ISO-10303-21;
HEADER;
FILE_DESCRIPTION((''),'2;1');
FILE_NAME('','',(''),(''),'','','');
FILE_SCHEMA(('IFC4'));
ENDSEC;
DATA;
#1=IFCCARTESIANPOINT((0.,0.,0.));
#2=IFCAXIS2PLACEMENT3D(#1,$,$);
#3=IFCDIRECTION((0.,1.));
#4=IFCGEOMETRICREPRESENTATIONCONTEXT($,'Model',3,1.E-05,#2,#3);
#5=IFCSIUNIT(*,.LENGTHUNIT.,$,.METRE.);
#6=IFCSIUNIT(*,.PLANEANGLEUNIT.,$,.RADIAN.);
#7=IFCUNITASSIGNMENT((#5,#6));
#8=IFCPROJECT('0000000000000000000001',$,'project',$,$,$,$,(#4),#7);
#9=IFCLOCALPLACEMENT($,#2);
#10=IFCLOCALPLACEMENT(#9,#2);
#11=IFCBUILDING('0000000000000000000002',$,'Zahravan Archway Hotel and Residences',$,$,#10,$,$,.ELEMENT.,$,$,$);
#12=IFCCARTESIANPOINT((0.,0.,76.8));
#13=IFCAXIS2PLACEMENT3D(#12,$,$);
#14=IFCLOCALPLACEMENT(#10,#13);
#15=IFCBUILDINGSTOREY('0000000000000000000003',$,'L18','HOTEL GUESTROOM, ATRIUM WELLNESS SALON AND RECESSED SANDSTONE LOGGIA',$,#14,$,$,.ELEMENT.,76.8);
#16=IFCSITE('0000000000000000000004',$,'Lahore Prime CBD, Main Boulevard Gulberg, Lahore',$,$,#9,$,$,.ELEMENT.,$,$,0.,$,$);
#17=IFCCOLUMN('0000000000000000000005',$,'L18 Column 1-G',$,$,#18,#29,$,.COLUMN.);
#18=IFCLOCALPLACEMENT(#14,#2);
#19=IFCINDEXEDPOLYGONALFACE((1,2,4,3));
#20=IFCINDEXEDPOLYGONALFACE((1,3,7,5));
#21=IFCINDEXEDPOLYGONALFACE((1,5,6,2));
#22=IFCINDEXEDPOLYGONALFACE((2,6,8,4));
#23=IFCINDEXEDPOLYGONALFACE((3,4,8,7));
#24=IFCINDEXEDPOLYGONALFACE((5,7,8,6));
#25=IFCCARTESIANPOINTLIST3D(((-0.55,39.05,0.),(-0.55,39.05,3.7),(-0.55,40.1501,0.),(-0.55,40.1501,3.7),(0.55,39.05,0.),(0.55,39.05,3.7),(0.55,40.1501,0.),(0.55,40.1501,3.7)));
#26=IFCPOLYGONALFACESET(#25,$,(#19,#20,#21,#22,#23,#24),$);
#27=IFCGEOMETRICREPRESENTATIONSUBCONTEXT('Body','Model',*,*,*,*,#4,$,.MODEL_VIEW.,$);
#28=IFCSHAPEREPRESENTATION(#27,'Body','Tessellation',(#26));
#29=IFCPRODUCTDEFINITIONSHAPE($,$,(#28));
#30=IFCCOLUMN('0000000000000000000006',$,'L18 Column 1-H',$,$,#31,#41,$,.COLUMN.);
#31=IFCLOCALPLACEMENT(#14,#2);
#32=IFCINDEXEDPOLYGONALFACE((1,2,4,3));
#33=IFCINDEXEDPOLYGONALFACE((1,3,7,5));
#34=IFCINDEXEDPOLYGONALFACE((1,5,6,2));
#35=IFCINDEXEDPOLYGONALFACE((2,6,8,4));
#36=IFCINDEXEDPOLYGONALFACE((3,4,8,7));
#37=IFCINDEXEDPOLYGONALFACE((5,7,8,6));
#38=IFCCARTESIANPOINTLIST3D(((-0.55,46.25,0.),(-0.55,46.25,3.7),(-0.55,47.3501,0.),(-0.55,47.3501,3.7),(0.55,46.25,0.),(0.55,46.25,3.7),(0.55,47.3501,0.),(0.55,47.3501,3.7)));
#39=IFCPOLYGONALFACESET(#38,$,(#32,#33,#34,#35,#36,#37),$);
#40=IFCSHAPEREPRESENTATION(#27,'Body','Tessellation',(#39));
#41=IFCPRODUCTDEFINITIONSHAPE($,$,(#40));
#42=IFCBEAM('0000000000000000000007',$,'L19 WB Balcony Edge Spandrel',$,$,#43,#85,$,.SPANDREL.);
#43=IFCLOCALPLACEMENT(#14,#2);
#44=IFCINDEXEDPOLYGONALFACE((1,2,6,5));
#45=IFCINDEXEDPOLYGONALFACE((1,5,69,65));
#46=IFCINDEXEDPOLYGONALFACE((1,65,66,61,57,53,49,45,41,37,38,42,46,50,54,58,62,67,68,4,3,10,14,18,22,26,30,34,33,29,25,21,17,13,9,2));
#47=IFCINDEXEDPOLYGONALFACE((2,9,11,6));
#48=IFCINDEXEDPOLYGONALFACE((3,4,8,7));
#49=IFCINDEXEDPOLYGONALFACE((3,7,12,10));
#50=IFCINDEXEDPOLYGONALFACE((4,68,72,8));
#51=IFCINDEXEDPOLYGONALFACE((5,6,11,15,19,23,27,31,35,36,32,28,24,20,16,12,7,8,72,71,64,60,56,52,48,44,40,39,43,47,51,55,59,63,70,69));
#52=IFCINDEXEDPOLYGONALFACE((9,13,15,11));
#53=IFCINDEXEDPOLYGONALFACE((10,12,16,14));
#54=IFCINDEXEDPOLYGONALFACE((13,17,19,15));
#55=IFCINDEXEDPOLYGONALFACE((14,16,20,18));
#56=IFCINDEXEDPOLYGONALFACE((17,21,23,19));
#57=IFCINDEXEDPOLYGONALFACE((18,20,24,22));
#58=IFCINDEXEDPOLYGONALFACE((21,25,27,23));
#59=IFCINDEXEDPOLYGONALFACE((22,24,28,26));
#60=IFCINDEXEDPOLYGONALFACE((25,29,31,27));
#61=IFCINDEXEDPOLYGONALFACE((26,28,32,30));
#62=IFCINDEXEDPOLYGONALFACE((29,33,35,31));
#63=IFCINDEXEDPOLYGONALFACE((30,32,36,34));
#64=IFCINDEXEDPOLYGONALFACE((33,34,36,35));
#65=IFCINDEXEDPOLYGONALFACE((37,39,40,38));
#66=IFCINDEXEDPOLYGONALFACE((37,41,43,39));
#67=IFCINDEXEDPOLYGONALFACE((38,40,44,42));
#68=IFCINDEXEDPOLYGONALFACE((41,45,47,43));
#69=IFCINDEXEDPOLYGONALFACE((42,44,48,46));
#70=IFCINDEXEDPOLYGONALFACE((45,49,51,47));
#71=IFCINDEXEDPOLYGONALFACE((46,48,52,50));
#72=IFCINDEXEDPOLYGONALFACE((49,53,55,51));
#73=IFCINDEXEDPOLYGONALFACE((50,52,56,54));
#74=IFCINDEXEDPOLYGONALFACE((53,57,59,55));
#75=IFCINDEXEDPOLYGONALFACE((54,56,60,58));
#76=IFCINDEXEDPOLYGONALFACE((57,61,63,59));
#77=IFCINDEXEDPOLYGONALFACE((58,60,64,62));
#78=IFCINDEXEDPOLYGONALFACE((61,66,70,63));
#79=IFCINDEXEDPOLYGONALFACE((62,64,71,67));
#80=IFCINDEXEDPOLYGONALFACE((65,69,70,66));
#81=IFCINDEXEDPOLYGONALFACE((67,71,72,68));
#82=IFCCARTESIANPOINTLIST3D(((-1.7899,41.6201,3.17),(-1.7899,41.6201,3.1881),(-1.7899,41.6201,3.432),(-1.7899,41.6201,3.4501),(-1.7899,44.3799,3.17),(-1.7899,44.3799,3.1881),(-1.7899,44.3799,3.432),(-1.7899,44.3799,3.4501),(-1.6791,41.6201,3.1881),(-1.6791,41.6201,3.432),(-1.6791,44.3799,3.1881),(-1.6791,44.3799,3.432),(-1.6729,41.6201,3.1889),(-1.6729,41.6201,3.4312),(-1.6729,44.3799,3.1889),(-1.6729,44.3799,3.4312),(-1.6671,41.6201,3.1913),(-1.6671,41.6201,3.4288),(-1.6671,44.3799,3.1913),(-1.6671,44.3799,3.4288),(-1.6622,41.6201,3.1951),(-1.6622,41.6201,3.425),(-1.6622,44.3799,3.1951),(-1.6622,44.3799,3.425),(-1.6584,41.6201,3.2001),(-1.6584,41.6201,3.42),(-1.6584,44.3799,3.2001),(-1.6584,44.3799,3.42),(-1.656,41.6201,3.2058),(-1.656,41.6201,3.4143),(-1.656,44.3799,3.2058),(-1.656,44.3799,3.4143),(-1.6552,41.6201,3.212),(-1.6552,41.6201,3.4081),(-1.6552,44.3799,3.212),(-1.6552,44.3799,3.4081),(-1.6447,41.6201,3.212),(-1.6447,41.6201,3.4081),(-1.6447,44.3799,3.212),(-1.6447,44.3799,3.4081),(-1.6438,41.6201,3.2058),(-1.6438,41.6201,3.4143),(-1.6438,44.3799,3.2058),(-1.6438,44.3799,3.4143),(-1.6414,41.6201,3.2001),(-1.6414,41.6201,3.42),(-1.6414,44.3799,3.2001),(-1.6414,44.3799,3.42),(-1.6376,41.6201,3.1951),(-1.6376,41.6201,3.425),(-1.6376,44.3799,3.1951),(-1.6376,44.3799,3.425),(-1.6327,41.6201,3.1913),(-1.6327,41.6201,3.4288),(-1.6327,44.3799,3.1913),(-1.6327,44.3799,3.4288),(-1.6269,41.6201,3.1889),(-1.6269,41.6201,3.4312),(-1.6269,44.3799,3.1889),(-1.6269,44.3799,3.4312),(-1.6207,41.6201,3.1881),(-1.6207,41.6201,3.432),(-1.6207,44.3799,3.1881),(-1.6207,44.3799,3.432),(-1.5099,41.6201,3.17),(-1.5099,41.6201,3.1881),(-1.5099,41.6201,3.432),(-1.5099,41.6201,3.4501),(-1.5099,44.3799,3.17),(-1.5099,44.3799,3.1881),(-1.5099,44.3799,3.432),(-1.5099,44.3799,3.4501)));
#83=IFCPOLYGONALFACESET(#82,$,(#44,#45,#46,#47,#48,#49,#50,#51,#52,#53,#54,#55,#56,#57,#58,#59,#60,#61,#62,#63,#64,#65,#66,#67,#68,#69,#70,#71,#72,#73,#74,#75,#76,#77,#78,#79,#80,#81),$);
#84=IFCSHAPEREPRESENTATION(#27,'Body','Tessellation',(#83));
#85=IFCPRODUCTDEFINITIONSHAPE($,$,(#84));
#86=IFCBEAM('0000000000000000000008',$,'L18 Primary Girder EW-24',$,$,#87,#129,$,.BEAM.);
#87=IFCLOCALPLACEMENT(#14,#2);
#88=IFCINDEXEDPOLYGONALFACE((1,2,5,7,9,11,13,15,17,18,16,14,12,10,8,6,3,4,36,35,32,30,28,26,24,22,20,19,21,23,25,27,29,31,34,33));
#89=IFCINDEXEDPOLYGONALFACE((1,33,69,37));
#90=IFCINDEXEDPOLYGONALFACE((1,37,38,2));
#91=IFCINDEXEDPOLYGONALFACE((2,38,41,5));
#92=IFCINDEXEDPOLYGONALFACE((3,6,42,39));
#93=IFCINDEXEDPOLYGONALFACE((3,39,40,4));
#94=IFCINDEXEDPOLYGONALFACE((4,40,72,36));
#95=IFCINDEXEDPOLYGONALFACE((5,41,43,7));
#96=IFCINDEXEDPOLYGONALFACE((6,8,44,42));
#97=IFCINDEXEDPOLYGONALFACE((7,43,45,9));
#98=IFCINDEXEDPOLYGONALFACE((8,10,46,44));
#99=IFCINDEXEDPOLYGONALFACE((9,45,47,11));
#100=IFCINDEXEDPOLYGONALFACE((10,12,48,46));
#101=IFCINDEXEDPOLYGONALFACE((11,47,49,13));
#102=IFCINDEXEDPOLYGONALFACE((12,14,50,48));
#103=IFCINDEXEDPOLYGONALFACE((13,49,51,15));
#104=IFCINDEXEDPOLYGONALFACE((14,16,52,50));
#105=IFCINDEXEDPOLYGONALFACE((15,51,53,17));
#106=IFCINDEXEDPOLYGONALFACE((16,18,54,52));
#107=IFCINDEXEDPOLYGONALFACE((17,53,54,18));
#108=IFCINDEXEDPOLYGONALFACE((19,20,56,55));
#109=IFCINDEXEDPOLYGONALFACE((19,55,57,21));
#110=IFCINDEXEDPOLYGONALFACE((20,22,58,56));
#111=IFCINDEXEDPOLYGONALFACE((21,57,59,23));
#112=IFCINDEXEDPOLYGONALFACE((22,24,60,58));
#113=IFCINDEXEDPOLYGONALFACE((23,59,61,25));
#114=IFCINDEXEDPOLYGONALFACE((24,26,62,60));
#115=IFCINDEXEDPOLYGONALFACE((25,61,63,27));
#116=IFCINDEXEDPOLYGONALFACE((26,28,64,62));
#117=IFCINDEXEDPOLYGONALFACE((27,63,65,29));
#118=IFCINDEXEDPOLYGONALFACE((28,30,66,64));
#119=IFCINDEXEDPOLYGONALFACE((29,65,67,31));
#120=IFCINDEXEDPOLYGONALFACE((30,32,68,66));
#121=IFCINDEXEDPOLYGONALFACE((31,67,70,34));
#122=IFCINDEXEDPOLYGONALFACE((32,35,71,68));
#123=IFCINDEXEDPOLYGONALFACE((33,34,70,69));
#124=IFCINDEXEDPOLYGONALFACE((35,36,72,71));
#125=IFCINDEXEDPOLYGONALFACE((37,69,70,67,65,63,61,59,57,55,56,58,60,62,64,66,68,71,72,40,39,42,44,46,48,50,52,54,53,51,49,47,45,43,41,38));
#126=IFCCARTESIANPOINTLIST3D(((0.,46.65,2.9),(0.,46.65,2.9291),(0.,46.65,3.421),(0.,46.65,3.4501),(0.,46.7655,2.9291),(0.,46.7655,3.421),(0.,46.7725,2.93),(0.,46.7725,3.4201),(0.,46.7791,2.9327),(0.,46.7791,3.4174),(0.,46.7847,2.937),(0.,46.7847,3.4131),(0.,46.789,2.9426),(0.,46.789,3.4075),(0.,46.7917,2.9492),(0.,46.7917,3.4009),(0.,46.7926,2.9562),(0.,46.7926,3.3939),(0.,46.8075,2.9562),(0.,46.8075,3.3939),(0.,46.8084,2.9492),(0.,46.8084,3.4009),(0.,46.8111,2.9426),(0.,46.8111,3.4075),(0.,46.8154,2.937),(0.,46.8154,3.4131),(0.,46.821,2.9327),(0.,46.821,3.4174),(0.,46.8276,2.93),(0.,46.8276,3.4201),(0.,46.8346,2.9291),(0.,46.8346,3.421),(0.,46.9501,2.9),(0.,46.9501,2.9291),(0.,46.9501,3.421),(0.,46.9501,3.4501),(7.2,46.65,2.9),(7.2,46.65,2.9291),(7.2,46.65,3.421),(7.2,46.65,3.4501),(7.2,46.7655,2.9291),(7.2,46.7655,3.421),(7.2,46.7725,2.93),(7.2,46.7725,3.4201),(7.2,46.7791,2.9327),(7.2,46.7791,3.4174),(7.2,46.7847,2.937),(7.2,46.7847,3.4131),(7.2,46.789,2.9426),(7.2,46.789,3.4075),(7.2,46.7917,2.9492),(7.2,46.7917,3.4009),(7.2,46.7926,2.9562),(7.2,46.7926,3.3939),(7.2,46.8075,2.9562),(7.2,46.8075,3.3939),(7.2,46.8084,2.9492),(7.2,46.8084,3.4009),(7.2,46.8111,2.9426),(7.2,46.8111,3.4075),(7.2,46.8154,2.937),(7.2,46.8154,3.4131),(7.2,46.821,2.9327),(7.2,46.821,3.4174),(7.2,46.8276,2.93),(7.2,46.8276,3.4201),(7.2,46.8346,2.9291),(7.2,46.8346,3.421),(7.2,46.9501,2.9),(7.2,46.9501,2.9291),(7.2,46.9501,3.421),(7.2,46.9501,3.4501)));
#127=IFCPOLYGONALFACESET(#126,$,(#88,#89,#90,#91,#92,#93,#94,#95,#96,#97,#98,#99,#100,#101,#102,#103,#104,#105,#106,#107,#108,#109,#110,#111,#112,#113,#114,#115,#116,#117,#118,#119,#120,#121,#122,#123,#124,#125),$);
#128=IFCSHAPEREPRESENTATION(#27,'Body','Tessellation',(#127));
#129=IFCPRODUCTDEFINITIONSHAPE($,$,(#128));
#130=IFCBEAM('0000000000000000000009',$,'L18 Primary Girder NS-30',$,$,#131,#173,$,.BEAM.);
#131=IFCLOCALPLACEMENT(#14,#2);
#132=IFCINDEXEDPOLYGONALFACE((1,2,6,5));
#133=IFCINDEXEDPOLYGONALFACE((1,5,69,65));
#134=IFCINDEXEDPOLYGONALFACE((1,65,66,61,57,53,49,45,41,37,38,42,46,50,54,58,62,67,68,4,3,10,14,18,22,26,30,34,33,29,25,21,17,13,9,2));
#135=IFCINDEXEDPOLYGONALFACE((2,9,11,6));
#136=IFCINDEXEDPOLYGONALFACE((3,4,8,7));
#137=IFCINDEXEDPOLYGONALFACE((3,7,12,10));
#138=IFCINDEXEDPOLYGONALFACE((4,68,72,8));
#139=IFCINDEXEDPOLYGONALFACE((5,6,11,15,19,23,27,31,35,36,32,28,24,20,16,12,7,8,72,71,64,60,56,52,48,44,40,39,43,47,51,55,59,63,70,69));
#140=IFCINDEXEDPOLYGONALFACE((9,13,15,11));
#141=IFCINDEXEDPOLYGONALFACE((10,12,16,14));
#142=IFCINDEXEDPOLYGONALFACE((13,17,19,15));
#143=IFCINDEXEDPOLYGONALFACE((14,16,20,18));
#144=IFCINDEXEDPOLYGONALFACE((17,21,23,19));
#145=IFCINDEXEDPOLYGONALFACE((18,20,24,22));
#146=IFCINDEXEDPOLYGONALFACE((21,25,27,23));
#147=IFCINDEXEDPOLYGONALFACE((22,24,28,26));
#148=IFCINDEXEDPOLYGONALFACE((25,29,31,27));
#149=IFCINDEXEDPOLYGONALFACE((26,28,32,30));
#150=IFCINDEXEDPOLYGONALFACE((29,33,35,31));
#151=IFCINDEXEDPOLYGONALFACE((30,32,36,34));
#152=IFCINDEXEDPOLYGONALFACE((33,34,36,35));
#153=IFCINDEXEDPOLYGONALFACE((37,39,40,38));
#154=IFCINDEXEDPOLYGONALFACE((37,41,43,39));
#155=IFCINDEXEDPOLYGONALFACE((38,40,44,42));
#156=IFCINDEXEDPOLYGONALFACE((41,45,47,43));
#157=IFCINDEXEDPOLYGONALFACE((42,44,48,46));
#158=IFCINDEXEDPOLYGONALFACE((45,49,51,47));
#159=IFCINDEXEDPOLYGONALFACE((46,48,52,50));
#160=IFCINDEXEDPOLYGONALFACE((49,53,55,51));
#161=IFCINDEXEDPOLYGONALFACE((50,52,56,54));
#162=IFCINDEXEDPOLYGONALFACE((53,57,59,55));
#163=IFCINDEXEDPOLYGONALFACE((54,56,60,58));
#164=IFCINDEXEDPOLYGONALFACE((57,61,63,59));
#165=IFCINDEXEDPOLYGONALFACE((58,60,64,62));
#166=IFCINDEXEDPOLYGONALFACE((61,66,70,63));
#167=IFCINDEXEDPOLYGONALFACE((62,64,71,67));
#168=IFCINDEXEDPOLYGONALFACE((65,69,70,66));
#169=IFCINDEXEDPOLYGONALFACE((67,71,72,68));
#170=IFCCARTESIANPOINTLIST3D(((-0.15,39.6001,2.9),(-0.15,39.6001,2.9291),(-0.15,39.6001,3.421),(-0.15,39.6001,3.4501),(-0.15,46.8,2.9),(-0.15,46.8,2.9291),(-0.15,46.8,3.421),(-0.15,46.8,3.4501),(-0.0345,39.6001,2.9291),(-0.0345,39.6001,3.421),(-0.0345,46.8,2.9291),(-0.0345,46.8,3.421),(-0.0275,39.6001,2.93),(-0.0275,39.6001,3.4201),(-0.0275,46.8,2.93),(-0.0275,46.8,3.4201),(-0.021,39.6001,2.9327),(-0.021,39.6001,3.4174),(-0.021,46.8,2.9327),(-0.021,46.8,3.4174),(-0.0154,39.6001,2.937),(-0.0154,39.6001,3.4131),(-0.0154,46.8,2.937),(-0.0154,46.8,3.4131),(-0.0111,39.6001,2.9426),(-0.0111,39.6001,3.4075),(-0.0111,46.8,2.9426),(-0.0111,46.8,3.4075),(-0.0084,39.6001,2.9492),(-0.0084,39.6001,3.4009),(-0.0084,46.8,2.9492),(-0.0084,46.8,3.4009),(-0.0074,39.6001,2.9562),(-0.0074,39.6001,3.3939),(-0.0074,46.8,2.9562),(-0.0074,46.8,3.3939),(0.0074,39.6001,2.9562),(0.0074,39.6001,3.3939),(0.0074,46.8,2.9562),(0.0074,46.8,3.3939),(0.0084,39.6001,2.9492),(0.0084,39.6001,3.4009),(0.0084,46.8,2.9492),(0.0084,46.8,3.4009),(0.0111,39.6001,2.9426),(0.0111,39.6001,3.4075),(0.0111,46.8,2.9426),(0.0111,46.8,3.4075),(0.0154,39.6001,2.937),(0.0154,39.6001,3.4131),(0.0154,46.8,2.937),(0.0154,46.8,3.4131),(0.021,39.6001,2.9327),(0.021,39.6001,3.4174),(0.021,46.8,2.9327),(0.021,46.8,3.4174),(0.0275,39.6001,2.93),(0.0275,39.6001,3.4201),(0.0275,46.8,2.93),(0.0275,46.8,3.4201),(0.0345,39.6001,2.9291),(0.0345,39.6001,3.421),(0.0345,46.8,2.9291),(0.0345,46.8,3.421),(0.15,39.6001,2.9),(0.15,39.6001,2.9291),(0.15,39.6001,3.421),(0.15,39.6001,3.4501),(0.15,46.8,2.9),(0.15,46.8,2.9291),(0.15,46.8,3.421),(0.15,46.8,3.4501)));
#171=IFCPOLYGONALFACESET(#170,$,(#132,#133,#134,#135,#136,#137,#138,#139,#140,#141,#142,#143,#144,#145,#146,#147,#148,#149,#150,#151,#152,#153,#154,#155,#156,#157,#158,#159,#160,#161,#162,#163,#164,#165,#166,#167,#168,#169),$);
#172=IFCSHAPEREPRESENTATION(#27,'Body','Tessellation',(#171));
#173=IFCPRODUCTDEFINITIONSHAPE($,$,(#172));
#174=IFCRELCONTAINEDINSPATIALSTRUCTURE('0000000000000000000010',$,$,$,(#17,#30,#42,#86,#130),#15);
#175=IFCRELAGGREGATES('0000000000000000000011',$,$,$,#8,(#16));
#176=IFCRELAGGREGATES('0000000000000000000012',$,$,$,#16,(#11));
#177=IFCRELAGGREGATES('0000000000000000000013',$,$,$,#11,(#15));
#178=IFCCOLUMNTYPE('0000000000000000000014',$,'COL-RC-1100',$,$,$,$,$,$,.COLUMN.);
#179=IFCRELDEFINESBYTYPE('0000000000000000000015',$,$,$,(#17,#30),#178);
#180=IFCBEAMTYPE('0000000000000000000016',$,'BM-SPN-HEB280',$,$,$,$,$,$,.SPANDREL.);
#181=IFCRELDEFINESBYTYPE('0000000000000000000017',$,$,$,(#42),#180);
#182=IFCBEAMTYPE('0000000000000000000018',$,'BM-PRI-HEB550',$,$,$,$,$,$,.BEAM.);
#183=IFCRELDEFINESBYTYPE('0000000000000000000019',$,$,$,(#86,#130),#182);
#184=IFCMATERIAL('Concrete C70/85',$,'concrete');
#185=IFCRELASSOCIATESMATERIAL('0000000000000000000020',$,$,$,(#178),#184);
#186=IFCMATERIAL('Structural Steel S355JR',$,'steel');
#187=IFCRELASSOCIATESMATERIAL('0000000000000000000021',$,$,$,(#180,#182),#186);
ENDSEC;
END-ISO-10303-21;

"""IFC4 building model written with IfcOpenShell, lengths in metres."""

from ifc_helpers import new_model, si_unit, direction, frame, origin, origin_2d, place, context, subcontext, project, spatial, rectangle, i_section, extrude, source, transform, mapped, material, material_profile, profile_set, type_object, element, save


model = new_model("IFC4")

# Units and contexts
model_context = context("Model", 3, precision=1e-05, world=origin(), true_north=direction((0.0, 1.0)))
body_context = subcontext(model_context, "Body", "Model", "MODEL_VIEW")
ifc_project = project(units=[si_unit("LENGTHUNIT", "METRE"), si_unit("PLANEANGLEUNIT", "RADIAN")], contexts=[model_context])

# Site, building, storey
site_placement = place(None, origin())
site = spatial("IfcSite", under=ifc_project, at=site_placement, Name="Lahore Prime CBD, Main Boulevard Gulberg, Lahore", CompositionType="ELEMENT", RefElevation=0.0)
building_placement = place(site_placement, origin())
building = spatial("IfcBuilding", under=site, at=building_placement, Name="Zahravan Archway Hotel and Residences", CompositionType="ELEMENT")
storey_placement = place(building_placement, frame((0.0, 0.0, 76.8)))
storey = spatial("IfcBuildingStorey", under=building, at=storey_placement, Name="L18", Description="HOTEL GUESTROOM, ATRIUM WELLNESS SALON AND RECESSED SANDSTONE LOGGIA", CompositionType="ELEMENT", Elevation=76.8)

# Columns
ifc_material_1 = material(Name="Concrete C70/85", Category="concrete")
ifc_material_profile_1 = material_profile(ifc_material_1, rectangle(XDim=1.1001, YDim=1.1001, at=origin_2d()), Name="RC 1100x1100", Category="concrete")
ifc_profile_set_1 = profile_set([ifc_material_profile_1], Name="Concrete C70/85")
column_type = type_object("IfcColumnType", Name="COL-RC-1100", PredefinedType="COLUMN", material=ifc_profile_set_1)
shared_shape_1 = source(origin(), body_context, "Body", "SweptSolid", [
    extrude(rectangle(XDim=1.1001, YDim=1.1001, at=origin_2d()), origin(), (0.0, 0.0, 1.0), 3.7),
])
for number, where, z_axis, x_axis, name in (
    (1, (0.0, 39.6001, 0.0), (0.0, 0.0, 1.0), (1.0, 0.0, 0.0), "L18 Column 1-G"),
    (2, (0.0, 46.8, 0.0), (0.0, 0.0, 1.0), (1.0, 0.0, 0.0), "L18 Column 1-H"),
):
    element("IfcColumn", number, at=place(storey_placement, frame(where, z_axis=z_axis, x_axis=x_axis)), inside=storey, type_object=column_type, Name=name, PredefinedType="COLUMN", context=body_context, shape_type="MappedRepresentation", body=[
        mapped(shared_shape_1, transform((0.0, 0.0, 0.0), scale=1.0)),
    ])

# Beams
ifc_material_2 = material(Name="Structural Steel S355JR", Category="steel")
ifc_material_profile_2 = material_profile(ifc_material_2, i_section(OverallWidth=0.28, OverallDepth=0.28, WebThickness=0.0105, FlangeThickness=0.0181, FilletRadius=0.0239, at=origin_2d()), Name="HEB 280", Category="steel")
ifc_profile_set_2 = profile_set([ifc_material_profile_2], Name="Structural Steel S355JR")
beam_type_1 = type_object("IfcBeamType", Name="BM-SPN-HEB280", PredefinedType="SPANDREL", material=ifc_profile_set_2)
shared_shape_2 = source(origin(), body_context, "Body", "SweptSolid", [
    extrude(i_section(OverallWidth=0.28, OverallDepth=0.28, WebThickness=0.0105, FlangeThickness=0.0181, FilletRadius=0.0239, at=origin_2d()), origin(), (0.0, 0.0, 1.0), 2.7598),
])
beam_placement = place(storey_placement, frame((-1.6499, 41.6201, 3.3101), z_axis=(0.0, 1.0, 0.0), x_axis=(-1.0, 0.0, 0.0)))
element("IfcBeam", 3, at=beam_placement, inside=storey, type_object=beam_type_1, Name="L19 WB Balcony Edge Spandrel", PredefinedType="SPANDREL", context=body_context, shape_type="MappedRepresentation", body=[
    mapped(shared_shape_2, transform((0.0, 0.0, 0.0), scale=1.0)),
])
ifc_material_profile_3 = material_profile(ifc_material_2, i_section(OverallWidth=0.3, OverallDepth=0.55, WebThickness=0.0149, FlangeThickness=0.0291, FilletRadius=0.0271, at=origin_2d()), Name="HEB 550", Category="steel")
ifc_profile_set_3 = profile_set([ifc_material_profile_3], Name="Structural Steel S355JR")
beam_type_2 = type_object("IfcBeamType", Name="BM-PRI-HEB550", PredefinedType="BEAM", material=ifc_profile_set_3)
shared_shape_3 = source(origin(), body_context, "Body", "SweptSolid", [
    extrude(i_section(OverallWidth=0.3, OverallDepth=0.55, WebThickness=0.0149, FlangeThickness=0.0291, FilletRadius=0.0271, at=origin_2d()), origin(), (0.0, 0.0, 1.0), 7.2),
])
for number, where, z_axis, x_axis, name in (
    (4, (0.0, 46.8, 3.175), (1.0, 0.0, 0.0), (0.0, 1.0, 0.0), "L18 Primary Girder EW-24"),
    (5, (0.0, 39.6001, 3.175), (0.0, 1.0, 0.0), (-1.0, 0.0, 0.0), "L18 Primary Girder NS-30"),
):
    element("IfcBeam", number, at=place(storey_placement, frame(where, z_axis=z_axis, x_axis=x_axis)), inside=storey, type_object=beam_type_2, Name=name, PredefinedType="BEAM", context=body_context, shape_type="MappedRepresentation", body=[
        mapped(shared_shape_3, transform((0.0, 0.0, 0.0), scale=1.0)),
    ])

save(model, "model.ifc")
